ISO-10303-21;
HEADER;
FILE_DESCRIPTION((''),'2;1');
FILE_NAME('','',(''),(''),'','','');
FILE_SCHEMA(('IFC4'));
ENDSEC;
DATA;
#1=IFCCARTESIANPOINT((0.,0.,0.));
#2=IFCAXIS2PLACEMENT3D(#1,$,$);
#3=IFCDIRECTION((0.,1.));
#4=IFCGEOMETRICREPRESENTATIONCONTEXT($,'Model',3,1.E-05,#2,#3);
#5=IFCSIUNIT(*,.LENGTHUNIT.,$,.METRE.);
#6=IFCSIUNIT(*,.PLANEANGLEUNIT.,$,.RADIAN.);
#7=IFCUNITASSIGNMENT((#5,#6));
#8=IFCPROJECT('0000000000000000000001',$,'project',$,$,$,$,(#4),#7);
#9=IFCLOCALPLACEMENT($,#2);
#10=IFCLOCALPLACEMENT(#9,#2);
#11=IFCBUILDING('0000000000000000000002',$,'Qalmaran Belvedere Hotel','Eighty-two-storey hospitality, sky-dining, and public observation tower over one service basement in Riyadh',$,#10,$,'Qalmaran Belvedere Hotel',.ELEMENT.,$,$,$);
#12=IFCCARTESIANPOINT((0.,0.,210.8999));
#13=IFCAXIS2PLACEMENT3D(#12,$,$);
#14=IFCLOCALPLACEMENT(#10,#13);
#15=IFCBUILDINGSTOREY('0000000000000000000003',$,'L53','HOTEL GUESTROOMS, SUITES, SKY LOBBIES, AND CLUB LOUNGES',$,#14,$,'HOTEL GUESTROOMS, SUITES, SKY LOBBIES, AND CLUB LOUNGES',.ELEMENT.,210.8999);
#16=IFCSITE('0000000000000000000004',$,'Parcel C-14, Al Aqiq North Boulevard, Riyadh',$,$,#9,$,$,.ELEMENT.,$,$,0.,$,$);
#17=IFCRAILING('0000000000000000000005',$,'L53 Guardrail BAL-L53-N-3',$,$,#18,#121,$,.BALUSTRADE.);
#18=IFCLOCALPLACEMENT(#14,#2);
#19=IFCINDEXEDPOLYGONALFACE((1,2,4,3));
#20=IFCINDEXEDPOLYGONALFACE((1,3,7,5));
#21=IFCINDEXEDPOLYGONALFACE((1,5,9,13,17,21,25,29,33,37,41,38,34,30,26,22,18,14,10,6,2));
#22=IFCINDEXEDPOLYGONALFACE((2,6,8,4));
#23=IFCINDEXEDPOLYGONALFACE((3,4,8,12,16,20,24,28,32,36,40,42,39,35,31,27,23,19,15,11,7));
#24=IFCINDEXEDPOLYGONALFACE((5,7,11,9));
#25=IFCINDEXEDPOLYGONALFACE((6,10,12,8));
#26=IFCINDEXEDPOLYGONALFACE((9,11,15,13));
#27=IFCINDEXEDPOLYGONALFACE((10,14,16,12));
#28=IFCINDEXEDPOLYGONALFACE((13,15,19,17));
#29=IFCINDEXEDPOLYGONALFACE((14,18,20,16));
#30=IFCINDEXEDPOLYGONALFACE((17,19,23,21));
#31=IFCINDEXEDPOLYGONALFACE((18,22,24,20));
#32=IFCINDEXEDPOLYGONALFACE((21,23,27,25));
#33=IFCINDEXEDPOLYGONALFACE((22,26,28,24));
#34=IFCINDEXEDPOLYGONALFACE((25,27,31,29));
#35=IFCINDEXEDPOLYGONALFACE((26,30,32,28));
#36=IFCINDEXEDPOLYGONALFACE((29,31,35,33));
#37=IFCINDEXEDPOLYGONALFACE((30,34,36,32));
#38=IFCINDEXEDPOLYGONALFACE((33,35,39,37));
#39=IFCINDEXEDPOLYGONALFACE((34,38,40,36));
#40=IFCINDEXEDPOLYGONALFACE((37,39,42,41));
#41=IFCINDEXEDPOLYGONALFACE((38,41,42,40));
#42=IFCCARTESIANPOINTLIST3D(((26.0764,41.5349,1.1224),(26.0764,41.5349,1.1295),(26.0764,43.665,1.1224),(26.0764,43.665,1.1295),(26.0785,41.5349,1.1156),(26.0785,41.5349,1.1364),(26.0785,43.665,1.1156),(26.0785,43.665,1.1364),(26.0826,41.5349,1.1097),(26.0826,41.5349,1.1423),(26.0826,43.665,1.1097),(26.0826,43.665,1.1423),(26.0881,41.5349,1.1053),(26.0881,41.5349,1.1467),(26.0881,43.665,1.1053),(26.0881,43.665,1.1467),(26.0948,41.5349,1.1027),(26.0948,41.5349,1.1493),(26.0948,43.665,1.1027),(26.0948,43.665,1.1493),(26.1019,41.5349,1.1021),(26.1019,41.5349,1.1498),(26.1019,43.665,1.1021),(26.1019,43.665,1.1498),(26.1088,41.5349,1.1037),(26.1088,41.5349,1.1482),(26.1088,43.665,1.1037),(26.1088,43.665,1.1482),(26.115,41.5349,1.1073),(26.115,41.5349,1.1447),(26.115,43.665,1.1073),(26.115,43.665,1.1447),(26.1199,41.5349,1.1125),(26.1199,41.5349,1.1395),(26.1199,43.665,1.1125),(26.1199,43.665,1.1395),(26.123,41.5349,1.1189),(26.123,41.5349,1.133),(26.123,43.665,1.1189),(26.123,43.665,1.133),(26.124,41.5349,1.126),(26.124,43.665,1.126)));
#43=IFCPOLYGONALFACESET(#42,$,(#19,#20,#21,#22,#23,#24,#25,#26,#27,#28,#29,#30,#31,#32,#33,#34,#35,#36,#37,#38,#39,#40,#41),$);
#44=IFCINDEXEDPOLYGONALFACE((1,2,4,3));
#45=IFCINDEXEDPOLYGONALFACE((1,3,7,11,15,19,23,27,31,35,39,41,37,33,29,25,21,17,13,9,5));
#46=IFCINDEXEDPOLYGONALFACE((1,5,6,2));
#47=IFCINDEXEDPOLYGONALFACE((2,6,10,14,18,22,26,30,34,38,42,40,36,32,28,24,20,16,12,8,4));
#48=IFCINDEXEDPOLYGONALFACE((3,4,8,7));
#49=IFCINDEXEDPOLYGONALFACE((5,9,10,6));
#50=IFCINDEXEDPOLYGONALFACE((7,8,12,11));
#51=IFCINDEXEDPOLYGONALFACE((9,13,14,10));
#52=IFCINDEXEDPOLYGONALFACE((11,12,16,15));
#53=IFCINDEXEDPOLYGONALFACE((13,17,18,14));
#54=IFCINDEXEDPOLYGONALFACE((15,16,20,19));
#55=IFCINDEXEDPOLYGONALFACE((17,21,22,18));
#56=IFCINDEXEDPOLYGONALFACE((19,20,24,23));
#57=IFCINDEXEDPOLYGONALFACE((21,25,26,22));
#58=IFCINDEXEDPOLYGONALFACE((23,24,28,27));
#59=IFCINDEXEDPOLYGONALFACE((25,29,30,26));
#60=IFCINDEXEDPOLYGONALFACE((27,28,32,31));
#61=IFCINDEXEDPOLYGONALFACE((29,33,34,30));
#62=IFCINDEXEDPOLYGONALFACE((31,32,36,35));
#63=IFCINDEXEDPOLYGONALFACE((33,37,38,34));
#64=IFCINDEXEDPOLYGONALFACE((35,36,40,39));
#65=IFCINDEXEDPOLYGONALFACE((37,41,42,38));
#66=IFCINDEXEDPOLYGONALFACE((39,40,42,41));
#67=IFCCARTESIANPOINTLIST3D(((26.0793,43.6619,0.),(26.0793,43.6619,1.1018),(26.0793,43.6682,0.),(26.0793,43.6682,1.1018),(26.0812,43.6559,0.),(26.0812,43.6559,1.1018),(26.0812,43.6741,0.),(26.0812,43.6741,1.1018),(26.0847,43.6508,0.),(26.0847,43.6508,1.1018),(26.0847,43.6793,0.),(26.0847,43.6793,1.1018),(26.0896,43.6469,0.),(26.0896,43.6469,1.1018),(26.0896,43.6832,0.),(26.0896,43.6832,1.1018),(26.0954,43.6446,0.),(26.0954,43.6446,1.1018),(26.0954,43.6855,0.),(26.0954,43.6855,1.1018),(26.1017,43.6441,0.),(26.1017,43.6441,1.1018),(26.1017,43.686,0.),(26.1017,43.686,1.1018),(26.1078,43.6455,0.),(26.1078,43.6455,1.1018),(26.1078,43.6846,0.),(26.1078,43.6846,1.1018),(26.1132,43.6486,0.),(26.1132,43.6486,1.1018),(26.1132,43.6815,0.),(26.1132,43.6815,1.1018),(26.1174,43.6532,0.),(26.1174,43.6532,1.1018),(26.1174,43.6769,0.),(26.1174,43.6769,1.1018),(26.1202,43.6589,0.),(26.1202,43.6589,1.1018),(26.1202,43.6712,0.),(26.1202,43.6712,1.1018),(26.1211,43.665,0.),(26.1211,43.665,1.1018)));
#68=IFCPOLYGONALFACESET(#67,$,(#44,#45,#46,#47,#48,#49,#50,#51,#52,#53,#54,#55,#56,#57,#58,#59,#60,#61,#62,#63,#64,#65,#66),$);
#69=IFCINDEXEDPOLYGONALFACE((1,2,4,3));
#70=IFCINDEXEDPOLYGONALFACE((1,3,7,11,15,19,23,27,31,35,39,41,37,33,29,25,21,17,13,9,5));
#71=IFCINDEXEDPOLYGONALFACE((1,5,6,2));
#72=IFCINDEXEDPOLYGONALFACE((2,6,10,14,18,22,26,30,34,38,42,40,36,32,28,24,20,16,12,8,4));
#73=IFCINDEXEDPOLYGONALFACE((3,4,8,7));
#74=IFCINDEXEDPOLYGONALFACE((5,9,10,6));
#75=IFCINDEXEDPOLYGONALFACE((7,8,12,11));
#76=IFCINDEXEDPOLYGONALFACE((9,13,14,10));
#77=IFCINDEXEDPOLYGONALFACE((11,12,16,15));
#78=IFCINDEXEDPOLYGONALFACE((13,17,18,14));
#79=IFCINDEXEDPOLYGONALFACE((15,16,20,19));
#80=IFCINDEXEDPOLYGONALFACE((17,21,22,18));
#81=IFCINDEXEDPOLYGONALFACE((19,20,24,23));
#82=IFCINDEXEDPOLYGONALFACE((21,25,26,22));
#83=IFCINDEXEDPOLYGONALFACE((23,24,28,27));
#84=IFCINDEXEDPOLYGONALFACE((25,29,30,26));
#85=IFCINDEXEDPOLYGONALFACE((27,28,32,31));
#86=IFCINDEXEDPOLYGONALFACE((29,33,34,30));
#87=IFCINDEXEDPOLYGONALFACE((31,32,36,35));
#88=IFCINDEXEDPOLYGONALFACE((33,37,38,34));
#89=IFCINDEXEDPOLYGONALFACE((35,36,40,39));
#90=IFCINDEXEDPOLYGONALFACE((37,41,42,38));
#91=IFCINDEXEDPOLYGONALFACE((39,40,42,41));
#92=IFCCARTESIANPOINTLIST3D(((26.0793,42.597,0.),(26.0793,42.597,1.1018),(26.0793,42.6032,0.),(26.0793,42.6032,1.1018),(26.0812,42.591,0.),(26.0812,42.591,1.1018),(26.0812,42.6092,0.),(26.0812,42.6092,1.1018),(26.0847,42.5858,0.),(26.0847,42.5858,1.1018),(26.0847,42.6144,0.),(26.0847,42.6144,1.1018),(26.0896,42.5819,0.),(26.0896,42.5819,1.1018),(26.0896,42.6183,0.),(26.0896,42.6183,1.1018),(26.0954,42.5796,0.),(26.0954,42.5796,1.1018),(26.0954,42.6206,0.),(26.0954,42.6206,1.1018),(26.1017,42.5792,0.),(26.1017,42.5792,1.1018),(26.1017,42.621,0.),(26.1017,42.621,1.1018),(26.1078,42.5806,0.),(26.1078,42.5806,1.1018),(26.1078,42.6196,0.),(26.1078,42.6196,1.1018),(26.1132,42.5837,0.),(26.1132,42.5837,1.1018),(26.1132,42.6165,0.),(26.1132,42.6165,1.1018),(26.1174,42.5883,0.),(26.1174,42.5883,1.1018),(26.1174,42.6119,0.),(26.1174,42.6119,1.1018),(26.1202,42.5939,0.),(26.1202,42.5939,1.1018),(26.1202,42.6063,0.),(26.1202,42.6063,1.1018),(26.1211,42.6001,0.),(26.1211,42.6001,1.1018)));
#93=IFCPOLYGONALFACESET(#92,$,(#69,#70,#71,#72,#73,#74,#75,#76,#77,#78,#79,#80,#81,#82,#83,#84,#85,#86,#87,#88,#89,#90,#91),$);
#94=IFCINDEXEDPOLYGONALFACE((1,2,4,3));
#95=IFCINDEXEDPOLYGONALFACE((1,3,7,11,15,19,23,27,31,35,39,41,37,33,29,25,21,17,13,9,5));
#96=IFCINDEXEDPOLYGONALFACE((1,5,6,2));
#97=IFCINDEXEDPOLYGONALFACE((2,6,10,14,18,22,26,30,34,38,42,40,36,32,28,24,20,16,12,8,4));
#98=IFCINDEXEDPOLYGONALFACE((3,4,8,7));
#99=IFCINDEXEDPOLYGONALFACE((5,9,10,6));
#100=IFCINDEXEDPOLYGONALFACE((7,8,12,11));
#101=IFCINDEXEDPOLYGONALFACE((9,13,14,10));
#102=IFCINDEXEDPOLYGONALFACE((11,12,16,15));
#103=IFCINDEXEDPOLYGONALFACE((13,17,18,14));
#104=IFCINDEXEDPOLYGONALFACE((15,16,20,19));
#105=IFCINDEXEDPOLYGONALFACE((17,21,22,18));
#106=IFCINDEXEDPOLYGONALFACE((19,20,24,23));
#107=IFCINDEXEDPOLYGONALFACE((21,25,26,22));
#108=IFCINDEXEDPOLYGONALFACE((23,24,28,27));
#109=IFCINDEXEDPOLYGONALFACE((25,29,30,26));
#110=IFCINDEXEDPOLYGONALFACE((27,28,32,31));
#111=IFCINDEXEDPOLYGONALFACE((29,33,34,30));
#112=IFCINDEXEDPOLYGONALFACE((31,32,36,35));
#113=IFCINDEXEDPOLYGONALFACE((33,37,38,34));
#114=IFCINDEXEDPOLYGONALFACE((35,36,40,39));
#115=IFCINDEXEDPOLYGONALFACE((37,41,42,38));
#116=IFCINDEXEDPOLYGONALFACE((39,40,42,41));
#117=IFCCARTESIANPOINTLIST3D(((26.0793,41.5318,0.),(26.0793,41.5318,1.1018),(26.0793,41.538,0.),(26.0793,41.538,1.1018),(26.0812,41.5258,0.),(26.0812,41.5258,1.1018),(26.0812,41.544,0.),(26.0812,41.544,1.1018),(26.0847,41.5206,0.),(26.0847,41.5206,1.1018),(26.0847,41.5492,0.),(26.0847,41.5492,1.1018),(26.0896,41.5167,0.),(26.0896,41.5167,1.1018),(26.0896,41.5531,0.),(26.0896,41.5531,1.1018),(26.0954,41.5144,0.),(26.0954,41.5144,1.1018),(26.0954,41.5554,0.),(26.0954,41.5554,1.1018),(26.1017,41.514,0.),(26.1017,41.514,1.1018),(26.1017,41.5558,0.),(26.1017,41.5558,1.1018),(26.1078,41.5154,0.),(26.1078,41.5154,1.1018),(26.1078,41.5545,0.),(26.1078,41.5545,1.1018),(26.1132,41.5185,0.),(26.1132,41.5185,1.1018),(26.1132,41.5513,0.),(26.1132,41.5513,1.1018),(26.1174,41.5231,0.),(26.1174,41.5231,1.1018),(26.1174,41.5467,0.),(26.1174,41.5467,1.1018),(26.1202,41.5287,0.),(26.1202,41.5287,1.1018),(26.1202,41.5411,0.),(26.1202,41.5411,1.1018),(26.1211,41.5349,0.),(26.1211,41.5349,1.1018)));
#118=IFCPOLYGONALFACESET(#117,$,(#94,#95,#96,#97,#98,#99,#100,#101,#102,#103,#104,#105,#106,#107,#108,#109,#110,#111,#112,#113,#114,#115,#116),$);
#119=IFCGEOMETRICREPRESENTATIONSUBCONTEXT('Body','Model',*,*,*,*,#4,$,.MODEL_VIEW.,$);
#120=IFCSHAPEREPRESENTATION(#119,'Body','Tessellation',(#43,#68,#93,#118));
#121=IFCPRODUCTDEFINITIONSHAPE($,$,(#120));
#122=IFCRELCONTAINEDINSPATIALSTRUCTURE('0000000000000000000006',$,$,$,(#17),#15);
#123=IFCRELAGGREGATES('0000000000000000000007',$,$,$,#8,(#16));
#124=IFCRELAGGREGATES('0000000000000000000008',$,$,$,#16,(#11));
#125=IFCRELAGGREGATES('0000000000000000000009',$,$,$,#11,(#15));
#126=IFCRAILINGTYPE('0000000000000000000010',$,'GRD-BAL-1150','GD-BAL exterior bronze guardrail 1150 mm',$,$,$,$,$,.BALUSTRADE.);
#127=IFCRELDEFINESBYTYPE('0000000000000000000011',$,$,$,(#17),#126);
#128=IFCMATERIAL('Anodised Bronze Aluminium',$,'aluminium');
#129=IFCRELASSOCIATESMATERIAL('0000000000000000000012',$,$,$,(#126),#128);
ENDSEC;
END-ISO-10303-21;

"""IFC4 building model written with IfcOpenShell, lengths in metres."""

from ifc_helpers import new_model, si_unit, direction, frame, origin, origin_2d, place, context, subcontext, project, spatial, circle, extrude, material, type_object, element, save


model = new_model("IFC4")

# Units and contexts
model_context = context("Model", 3, precision=1e-05, world=origin(), true_north=direction((0.0, 1.0)))
body_context = subcontext(model_context, "Body", "Model", "MODEL_VIEW")
ifc_project = project(units=[si_unit("LENGTHUNIT", "METRE"), si_unit("PLANEANGLEUNIT", "RADIAN")], contexts=[model_context])

# Site, building, storey
site_placement = place(None, origin())
site = spatial("IfcSite", under=ifc_project, at=site_placement, Name="Parcel C-14, Al Aqiq North Boulevard, Riyadh", CompositionType="ELEMENT", RefElevation=0.0)
building_placement = place(site_placement, origin())
building = spatial("IfcBuilding", under=site, at=building_placement, Name="Qalmaran Belvedere Hotel", Description="Eighty-two-storey hospitality, sky-dining, and public observation tower over one service basement in Riyadh", LongName="Qalmaran Belvedere Hotel", CompositionType="ELEMENT")
storey_placement = place(building_placement, frame((0.0, 0.0, 210.8999)))
storey = spatial("IfcBuildingStorey", under=building, at=storey_placement, Name="L53", Description="HOTEL GUESTROOMS, SUITES, SKY LOBBIES, AND CLUB LOUNGES", LongName="HOTEL GUESTROOMS, SUITES, SKY LOBBIES, AND CLUB LOUNGES", CompositionType="ELEMENT", Elevation=210.8999)

# Shared definitions
ifc_material_1 = material(Name="Anodised Bronze Aluminium", Category="aluminium")

# Railing
railing_type = type_object("IfcRailingType", Name="GRD-BAL-1150", Description="GD-BAL exterior bronze guardrail 1150 mm", PredefinedType="BALUSTRADE", material=ifc_material_1)
railing_1_placement = place(storey_placement, frame((26.1001, 43.665, 0.0)))
element("IfcRailing", 1, at=railing_1_placement, inside=storey, type_object=railing_type, Name="L53 Guardrail BAL-L53-N-3", PredefinedType="BALUSTRADE", context=body_context, shape_type="SweptSolid", body=[
    extrude(circle(Radius=0.0239, at=origin_2d()), frame((0.0, 0.0, 1.126), z_axis=(0.0, -1.0, 0.0), x_axis=(1.0, 0.0, 0.0)), (0.0, 0.0, 1.0), 2.1301),
    extrude(circle(Radius=0.021, at=origin_2d()), origin(), (0.0, 0.0, 1.0), 1.1018),
    extrude(circle(Radius=0.021, at=origin_2d()), frame((0.0, -1.0649, 0.0)), (0.0, 0.0, 1.0), 1.1018),
    extrude(circle(Radius=0.021, at=origin_2d()), frame((0.0, -2.1301, 0.0)), (0.0, 0.0, 1.0), 1.1018),
])

save(model, "model.ifc")
